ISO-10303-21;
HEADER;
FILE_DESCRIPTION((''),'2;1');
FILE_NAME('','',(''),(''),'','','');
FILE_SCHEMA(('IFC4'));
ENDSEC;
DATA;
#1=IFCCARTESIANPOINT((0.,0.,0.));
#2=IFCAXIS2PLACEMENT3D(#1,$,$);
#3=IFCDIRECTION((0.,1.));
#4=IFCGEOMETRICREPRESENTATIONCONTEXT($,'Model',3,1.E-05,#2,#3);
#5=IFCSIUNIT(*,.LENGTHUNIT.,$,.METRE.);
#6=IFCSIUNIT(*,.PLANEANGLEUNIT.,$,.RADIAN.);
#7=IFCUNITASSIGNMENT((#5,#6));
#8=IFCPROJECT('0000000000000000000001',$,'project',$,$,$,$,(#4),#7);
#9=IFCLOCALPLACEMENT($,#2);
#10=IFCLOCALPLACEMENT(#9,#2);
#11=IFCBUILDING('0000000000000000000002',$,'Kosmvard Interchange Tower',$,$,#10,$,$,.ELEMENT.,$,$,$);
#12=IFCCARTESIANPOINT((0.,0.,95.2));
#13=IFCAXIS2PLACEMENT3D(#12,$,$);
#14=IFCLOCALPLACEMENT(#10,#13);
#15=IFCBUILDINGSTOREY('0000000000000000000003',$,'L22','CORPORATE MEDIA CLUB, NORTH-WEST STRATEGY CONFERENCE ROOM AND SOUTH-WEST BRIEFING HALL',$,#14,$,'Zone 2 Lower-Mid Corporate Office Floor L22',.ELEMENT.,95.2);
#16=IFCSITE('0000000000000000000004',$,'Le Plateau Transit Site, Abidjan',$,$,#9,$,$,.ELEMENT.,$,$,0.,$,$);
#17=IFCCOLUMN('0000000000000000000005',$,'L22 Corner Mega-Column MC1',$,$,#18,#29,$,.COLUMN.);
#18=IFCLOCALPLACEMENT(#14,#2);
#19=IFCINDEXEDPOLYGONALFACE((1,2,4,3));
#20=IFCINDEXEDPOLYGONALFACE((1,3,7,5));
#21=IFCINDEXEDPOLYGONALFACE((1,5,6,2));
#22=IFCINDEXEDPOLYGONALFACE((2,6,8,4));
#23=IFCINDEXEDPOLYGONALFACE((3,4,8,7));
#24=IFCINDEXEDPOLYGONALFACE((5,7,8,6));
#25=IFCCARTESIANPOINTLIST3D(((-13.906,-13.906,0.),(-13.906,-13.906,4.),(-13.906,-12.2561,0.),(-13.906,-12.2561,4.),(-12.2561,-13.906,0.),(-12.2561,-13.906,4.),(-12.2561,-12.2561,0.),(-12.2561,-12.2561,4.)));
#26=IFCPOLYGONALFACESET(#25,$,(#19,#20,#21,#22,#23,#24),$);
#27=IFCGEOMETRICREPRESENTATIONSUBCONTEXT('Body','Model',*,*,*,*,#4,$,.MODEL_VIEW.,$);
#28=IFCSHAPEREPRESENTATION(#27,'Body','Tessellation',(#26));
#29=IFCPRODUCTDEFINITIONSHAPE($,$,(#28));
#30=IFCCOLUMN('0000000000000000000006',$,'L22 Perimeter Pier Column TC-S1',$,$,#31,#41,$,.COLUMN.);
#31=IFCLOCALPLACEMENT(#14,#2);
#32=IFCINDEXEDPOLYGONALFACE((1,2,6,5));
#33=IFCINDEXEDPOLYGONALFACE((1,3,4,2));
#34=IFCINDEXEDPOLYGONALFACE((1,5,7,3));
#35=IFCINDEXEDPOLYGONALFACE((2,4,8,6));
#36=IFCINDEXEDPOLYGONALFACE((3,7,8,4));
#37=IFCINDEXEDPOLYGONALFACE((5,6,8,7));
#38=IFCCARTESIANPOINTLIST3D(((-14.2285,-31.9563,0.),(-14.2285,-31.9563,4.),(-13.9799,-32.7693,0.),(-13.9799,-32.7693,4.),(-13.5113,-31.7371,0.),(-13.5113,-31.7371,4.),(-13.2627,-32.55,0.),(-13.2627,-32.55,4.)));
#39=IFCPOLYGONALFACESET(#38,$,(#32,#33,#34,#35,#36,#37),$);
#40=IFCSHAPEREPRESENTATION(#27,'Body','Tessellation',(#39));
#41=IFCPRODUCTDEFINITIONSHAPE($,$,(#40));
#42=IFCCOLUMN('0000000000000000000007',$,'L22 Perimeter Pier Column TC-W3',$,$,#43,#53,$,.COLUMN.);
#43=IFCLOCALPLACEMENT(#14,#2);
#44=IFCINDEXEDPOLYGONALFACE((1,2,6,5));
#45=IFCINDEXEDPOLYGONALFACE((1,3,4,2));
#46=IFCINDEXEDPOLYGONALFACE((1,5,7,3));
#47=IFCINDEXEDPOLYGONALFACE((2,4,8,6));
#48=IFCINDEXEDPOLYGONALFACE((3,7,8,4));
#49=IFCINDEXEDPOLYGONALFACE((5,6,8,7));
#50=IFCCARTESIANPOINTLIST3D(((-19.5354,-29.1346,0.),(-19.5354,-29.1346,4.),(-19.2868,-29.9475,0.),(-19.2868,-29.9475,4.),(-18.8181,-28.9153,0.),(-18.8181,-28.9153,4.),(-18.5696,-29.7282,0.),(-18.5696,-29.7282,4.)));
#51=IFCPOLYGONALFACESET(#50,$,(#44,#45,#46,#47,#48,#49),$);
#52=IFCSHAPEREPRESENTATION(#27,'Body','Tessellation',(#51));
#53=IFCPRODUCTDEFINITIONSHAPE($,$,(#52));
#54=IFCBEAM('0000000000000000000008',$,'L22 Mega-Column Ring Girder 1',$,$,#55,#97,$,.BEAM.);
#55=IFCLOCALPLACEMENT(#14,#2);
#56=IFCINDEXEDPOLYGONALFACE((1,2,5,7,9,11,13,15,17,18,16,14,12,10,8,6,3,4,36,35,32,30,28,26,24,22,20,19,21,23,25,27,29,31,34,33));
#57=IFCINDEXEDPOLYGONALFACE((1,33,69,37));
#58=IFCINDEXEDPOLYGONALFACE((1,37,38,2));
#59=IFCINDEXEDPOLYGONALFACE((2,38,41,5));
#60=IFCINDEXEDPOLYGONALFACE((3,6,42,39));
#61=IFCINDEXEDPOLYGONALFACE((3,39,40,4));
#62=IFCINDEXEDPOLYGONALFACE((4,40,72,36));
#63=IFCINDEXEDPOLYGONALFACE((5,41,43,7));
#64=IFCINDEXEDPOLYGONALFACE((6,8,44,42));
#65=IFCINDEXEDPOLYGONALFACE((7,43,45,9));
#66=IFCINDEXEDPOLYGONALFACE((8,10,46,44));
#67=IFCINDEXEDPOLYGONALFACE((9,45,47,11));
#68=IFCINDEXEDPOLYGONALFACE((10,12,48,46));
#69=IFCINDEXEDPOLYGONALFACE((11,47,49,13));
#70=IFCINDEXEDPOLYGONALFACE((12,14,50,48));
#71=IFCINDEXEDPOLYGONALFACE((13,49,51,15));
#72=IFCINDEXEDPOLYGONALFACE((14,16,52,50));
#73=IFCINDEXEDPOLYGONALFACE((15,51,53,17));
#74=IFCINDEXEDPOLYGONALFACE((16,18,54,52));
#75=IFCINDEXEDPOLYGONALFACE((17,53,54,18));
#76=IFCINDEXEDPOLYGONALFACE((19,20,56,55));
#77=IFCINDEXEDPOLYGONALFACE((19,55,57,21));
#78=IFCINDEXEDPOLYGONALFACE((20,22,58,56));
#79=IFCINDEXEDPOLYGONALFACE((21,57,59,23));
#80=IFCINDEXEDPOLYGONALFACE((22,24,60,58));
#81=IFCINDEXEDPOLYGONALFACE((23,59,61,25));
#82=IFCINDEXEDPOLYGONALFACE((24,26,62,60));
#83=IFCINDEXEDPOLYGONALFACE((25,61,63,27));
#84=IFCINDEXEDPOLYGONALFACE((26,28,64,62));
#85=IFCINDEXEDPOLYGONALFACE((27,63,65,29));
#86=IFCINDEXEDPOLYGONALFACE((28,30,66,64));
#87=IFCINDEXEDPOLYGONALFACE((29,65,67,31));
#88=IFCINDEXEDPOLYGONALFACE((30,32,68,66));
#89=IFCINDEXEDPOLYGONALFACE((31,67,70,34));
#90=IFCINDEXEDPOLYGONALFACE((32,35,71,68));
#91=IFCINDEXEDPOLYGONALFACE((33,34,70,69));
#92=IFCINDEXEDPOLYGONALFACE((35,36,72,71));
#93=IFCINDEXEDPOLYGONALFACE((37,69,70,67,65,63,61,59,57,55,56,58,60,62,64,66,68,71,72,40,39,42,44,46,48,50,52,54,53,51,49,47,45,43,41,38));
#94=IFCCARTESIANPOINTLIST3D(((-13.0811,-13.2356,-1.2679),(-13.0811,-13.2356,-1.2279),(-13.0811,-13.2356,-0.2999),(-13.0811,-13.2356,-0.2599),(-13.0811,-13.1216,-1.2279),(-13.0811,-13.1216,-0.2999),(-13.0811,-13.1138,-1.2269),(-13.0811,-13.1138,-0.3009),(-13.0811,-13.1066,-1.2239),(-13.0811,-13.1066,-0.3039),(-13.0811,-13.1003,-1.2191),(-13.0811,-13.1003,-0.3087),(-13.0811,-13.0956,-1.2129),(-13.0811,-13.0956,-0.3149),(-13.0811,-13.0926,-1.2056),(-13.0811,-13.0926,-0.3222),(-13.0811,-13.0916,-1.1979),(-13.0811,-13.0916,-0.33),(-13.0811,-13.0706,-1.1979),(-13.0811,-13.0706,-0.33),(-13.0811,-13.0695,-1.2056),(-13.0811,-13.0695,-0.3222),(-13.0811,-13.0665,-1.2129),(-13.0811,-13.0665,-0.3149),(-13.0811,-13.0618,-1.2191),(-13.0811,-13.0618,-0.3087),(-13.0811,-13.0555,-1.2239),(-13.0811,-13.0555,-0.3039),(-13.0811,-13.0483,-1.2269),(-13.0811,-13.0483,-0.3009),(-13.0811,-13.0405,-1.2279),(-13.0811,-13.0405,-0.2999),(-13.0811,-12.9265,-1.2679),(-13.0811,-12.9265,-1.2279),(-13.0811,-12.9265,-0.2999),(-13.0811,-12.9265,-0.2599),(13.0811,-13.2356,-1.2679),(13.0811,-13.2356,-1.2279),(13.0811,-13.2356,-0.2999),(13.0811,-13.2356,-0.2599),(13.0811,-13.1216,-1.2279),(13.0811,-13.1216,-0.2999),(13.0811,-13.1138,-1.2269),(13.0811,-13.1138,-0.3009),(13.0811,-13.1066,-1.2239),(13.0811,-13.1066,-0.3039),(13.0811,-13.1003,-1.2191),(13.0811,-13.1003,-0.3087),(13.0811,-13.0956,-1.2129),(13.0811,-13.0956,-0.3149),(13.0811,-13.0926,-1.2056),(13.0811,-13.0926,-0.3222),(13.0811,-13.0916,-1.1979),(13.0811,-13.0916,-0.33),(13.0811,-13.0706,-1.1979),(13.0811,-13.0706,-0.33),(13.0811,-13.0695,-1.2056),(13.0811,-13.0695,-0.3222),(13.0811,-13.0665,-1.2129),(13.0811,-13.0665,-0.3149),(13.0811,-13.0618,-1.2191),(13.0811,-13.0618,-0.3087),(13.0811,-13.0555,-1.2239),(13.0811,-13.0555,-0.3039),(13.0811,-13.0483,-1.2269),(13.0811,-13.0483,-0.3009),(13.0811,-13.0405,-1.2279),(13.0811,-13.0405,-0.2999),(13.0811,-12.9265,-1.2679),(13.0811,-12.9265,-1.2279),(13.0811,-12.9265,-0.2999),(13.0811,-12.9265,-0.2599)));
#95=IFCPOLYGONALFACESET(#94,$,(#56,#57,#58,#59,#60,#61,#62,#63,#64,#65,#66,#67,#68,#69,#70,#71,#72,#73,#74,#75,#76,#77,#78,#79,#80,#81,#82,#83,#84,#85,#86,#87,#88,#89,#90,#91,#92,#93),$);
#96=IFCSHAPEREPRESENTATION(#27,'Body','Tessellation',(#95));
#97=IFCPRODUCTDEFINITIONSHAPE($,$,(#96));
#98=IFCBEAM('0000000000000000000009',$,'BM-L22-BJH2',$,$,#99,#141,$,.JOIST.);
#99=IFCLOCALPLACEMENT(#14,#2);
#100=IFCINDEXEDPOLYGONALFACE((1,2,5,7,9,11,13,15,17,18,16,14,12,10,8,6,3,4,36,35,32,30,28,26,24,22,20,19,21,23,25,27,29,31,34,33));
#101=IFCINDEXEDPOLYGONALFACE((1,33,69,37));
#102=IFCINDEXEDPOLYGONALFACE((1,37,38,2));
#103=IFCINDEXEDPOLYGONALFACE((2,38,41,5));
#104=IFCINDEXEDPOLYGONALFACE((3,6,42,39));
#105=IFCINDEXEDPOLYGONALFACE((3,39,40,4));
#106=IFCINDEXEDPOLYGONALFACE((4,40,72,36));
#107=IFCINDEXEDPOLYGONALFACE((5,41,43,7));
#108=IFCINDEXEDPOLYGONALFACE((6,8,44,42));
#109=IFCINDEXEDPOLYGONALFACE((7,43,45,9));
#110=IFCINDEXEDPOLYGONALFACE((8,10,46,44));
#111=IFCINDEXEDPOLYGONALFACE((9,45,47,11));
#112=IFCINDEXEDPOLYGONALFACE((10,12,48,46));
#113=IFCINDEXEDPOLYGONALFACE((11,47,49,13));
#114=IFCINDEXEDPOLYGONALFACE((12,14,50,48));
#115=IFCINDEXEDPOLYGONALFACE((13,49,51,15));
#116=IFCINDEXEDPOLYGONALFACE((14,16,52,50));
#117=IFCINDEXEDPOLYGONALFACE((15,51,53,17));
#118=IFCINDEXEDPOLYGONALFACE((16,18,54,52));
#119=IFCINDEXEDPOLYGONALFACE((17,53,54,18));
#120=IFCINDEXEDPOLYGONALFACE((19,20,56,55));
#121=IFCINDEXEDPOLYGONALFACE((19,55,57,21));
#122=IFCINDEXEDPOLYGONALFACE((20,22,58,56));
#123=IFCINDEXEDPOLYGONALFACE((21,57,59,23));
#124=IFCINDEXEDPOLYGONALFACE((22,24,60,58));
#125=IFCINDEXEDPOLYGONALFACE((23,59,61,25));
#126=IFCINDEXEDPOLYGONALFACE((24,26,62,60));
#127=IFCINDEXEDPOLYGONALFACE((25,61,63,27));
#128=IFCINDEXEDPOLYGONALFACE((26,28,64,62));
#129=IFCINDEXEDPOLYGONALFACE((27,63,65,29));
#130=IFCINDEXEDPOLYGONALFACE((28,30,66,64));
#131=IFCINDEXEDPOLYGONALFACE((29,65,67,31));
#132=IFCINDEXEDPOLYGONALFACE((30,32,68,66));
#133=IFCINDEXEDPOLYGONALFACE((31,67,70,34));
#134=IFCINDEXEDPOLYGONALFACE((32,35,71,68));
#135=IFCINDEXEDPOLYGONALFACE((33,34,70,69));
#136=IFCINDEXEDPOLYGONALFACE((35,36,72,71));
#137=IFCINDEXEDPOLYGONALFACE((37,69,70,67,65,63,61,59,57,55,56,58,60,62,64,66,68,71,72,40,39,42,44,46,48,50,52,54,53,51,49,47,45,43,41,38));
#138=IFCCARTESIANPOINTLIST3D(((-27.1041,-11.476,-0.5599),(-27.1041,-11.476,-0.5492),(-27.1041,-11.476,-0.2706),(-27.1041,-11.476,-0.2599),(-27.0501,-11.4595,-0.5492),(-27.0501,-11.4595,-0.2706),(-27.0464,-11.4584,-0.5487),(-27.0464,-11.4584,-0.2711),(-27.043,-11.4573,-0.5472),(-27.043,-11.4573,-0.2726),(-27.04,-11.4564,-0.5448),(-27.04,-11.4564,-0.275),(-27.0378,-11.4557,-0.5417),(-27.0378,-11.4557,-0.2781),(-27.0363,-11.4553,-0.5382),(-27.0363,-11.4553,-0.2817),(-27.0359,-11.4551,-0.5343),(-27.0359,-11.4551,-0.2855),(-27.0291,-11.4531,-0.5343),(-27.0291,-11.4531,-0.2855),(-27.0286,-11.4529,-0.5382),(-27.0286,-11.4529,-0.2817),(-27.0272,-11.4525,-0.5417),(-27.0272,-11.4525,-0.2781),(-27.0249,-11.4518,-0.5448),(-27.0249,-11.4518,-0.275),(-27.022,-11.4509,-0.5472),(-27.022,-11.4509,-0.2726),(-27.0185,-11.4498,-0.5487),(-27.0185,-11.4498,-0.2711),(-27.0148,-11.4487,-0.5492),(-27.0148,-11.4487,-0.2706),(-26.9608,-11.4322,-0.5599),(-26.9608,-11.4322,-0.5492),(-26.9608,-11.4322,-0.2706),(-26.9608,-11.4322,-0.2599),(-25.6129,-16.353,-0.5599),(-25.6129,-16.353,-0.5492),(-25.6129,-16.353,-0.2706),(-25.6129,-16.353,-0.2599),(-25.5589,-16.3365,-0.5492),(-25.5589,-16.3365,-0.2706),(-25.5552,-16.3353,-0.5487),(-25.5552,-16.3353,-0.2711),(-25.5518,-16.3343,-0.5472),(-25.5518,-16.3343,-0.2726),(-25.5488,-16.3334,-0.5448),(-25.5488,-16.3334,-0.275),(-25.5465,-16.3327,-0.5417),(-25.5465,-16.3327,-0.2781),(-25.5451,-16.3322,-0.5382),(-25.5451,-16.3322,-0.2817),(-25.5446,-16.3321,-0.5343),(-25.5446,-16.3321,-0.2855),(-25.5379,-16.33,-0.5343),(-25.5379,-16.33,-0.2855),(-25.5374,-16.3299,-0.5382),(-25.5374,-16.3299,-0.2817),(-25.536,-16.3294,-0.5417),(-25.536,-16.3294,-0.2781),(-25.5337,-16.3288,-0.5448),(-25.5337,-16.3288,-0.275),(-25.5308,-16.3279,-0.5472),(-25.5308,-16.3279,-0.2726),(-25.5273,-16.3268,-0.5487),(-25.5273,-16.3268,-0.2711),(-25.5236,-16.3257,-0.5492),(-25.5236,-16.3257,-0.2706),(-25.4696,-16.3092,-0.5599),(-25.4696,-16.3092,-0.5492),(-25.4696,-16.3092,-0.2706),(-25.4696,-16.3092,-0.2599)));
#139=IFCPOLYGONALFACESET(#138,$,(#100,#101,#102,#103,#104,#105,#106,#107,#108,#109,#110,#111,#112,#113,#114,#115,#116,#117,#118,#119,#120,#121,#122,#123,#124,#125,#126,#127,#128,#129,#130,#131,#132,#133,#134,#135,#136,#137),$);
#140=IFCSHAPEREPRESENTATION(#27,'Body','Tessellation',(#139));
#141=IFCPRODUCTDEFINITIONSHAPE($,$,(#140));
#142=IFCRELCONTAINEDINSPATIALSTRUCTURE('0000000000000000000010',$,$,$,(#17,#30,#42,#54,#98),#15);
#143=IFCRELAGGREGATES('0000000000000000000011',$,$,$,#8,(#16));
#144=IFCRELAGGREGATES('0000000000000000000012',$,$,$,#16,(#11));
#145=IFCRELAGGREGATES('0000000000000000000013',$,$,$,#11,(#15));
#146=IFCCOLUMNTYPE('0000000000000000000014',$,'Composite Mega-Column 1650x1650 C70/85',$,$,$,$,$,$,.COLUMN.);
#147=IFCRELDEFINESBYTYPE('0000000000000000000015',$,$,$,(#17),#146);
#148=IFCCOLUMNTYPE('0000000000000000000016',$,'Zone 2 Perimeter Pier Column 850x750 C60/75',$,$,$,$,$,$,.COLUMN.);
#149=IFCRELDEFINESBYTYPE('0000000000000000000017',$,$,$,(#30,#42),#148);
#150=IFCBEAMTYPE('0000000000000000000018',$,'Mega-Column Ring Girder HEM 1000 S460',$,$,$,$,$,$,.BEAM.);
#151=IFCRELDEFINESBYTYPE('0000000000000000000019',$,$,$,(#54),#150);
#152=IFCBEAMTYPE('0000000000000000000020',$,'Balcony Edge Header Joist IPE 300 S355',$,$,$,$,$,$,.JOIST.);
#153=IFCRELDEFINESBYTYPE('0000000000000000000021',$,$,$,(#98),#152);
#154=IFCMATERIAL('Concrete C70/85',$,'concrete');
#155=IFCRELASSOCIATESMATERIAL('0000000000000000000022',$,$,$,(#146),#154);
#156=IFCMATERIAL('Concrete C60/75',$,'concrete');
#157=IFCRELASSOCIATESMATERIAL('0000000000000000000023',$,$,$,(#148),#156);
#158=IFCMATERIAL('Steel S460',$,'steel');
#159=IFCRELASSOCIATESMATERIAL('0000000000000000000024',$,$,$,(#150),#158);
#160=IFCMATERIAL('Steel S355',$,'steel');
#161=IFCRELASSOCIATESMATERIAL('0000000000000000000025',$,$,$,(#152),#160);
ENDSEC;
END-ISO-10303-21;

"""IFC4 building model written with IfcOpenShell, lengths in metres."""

from ifc_helpers import new_model, si_unit, direction, frame, origin, origin_2d, place, context, subcontext, project, spatial, rectangle, i_section, extrude, source, transform, mapped, material, material_profile, profile_set, type_object, element, save


model = new_model("IFC4")

# Units and contexts
model_context = context("Model", 3, precision=1e-05, world=origin(), true_north=direction((0.0, 1.0)))
body_context = subcontext(model_context, "Body", "Model", "MODEL_VIEW")
ifc_project = project(units=[si_unit("LENGTHUNIT", "METRE"), si_unit("PLANEANGLEUNIT", "RADIAN")], contexts=[model_context])

# Site, building, storey
site_placement = place(None, origin())
site = spatial("IfcSite", under=ifc_project, at=site_placement, Name="Le Plateau Transit Site, Abidjan", CompositionType="ELEMENT", RefElevation=0.0)
building_placement = place(site_placement, origin())
building = spatial("IfcBuilding", under=site, at=building_placement, Name="Kosmvard Interchange Tower", CompositionType="ELEMENT")
storey_placement = place(building_placement, frame((0.0, 0.0, 95.2)))
storey = spatial("IfcBuildingStorey", under=building, at=storey_placement, Name="L22", Description="CORPORATE MEDIA CLUB, NORTH-WEST STRATEGY CONFERENCE ROOM AND SOUTH-WEST BRIEFING HALL", LongName="Zone 2 Lower-Mid Corporate Office Floor L22", CompositionType="ELEMENT", Elevation=95.2)

# Columns
ifc_material_1 = material(Name="Concrete C70/85", Category="concrete")
ifc_material_profile_1 = material_profile(ifc_material_1, rectangle(XDim=1.6499, YDim=1.6499, at=origin_2d()), Name="MC 1650x1650")
ifc_profile_set_1 = profile_set([ifc_material_profile_1], Name="Concrete C70/85")
column_type_1 = type_object("IfcColumnType", Name="Composite Mega-Column 1650x1650 C70/85", PredefinedType="COLUMN", material=ifc_profile_set_1)
shared_shape_1 = source(origin(), body_context, "Body", "SweptSolid", [
    extrude(rectangle(XDim=1.6499, YDim=1.6499, at=origin_2d()), origin(), (0.0, 0.0, 1.0), 4.0),
])
column_placement = place(storey_placement, frame((-13.0811, -13.0811, 0.0), z_axis=(0.0, 0.0, 1.0), x_axis=(1.0, 0.0, 0.0)))
element("IfcColumn", 1, at=column_placement, inside=storey, type_object=column_type_1, Name="L22 Corner Mega-Column MC1", PredefinedType="COLUMN", context=body_context, shape_type="MappedRepresentation", body=[
    mapped(shared_shape_1, transform((0.0, 0.0, 0.0), scale=1.0)),
])
ifc_material_2 = material(Name="Concrete C60/75", Category="concrete")
ifc_material_profile_2 = material_profile(ifc_material_2, rectangle(XDim=0.75, YDim=0.8501, at=origin_2d()), Name="TC 850x750")
ifc_profile_set_2 = profile_set([ifc_material_profile_2], Name="Concrete C60/75")
column_type_2 = type_object("IfcColumnType", Name="Zone 2 Perimeter Pier Column 850x750 C60/75", PredefinedType="COLUMN", material=ifc_profile_set_2)
shared_shape_2 = source(origin(), body_context, "Body", "SweptSolid", [
    extrude(rectangle(XDim=0.75, YDim=0.8501, at=origin_2d()), origin(), (0.0, 0.0, 1.0), 4.0),
])
for number, where, z_axis, x_axis, name in (
    (2, (-13.7456, -32.2532, 0.0), (0.0, 0.0, 1.0), (0.956305, 0.292372, 0.0), "L22 Perimeter Pier Column TC-S1"),
    (3, (-19.0525, -29.4314, 0.0), (0.0, 0.0, 1.0), (0.956305, 0.292372, 0.0), "L22 Perimeter Pier Column TC-W3"),
):
    element("IfcColumn", number, at=place(storey_placement, frame(where, z_axis=z_axis, x_axis=x_axis)), inside=storey, type_object=column_type_2, Name=name, PredefinedType="COLUMN", context=body_context, shape_type="MappedRepresentation", body=[
        mapped(shared_shape_2, transform((0.0, 0.0, 0.0), scale=1.0)),
    ])

# Beams
ifc_material_3 = material(Name="Steel S460", Category="steel")
ifc_material_profile_3 = material_profile(ifc_material_3, i_section(OverallWidth=0.3091, OverallDepth=1.0081, WebThickness=0.021, FlangeThickness=0.04, FilletRadius=0.03, at=origin_2d()), Name="HEM 1000")
ifc_profile_set_3 = profile_set([ifc_material_profile_3], Name="Steel S460")
beam_type_1 = type_object("IfcBeamType", Name="Mega-Column Ring Girder HEM 1000 S460", PredefinedType="BEAM", material=ifc_profile_set_3)
shared_shape_3 = source(origin(), body_context, "Body", "SweptSolid", [
    extrude(i_section(OverallWidth=0.3091, OverallDepth=1.0081, WebThickness=0.021, FlangeThickness=0.04, FilletRadius=0.03, at=origin_2d()), origin(), (0.0, 0.0, 1.0), 26.1621),
])
beam_1_placement = place(storey_placement, frame((-13.0811, -13.0811, -0.7639), z_axis=(1.0, 0.0, 0.0), x_axis=(0.0, 1.0, 0.0)))
element("IfcBeam", 4, at=beam_1_placement, inside=storey, type_object=beam_type_1, Name="L22 Mega-Column Ring Girder 1", PredefinedType="BEAM", context=body_context, shape_type="MappedRepresentation", body=[
    mapped(shared_shape_3, transform((0.0, 0.0, 0.0), scale=1.0)),
])
ifc_material_4 = material(Name="Steel S355", Category="steel")
ifc_material_profile_4 = material_profile(ifc_material_4, i_section(OverallWidth=0.1499, OverallDepth=0.3, WebThickness=0.0071, FlangeThickness=0.0107, FilletRadius=0.0149, at=origin_2d()), Name="IPE 300")
ifc_profile_set_4 = profile_set([ifc_material_profile_4], Name="Steel S355")
beam_type_2 = type_object("IfcBeamType", Name="Balcony Edge Header Joist IPE 300 S355", PredefinedType="JOIST", material=ifc_profile_set_4)
shared_shape_4 = source(origin(), body_context, "Body", "SweptSolid", [
    extrude(i_section(OverallWidth=0.1499, OverallDepth=0.3, WebThickness=0.0071, FlangeThickness=0.0107, FilletRadius=0.0149, at=origin_2d()), origin(), (0.0, 0.0, 1.0), 5.0999),
])
beam_2_placement = place(storey_placement, frame((-27.0325, -11.4541, -0.4099), z_axis=(0.292403, -0.956295, 0.0), x_axis=(0.956295, 0.292403, 0.0)))
element("IfcBeam", 5, at=beam_2_placement, inside=storey, type_object=beam_type_2, Name="BM-L22-BJH2", PredefinedType="JOIST", context=body_context, shape_type="MappedRepresentation", body=[
    mapped(shared_shape_4, transform((0.0, 0.0, 0.0), scale=1.0)),
])

save(model, "model.ifc")
